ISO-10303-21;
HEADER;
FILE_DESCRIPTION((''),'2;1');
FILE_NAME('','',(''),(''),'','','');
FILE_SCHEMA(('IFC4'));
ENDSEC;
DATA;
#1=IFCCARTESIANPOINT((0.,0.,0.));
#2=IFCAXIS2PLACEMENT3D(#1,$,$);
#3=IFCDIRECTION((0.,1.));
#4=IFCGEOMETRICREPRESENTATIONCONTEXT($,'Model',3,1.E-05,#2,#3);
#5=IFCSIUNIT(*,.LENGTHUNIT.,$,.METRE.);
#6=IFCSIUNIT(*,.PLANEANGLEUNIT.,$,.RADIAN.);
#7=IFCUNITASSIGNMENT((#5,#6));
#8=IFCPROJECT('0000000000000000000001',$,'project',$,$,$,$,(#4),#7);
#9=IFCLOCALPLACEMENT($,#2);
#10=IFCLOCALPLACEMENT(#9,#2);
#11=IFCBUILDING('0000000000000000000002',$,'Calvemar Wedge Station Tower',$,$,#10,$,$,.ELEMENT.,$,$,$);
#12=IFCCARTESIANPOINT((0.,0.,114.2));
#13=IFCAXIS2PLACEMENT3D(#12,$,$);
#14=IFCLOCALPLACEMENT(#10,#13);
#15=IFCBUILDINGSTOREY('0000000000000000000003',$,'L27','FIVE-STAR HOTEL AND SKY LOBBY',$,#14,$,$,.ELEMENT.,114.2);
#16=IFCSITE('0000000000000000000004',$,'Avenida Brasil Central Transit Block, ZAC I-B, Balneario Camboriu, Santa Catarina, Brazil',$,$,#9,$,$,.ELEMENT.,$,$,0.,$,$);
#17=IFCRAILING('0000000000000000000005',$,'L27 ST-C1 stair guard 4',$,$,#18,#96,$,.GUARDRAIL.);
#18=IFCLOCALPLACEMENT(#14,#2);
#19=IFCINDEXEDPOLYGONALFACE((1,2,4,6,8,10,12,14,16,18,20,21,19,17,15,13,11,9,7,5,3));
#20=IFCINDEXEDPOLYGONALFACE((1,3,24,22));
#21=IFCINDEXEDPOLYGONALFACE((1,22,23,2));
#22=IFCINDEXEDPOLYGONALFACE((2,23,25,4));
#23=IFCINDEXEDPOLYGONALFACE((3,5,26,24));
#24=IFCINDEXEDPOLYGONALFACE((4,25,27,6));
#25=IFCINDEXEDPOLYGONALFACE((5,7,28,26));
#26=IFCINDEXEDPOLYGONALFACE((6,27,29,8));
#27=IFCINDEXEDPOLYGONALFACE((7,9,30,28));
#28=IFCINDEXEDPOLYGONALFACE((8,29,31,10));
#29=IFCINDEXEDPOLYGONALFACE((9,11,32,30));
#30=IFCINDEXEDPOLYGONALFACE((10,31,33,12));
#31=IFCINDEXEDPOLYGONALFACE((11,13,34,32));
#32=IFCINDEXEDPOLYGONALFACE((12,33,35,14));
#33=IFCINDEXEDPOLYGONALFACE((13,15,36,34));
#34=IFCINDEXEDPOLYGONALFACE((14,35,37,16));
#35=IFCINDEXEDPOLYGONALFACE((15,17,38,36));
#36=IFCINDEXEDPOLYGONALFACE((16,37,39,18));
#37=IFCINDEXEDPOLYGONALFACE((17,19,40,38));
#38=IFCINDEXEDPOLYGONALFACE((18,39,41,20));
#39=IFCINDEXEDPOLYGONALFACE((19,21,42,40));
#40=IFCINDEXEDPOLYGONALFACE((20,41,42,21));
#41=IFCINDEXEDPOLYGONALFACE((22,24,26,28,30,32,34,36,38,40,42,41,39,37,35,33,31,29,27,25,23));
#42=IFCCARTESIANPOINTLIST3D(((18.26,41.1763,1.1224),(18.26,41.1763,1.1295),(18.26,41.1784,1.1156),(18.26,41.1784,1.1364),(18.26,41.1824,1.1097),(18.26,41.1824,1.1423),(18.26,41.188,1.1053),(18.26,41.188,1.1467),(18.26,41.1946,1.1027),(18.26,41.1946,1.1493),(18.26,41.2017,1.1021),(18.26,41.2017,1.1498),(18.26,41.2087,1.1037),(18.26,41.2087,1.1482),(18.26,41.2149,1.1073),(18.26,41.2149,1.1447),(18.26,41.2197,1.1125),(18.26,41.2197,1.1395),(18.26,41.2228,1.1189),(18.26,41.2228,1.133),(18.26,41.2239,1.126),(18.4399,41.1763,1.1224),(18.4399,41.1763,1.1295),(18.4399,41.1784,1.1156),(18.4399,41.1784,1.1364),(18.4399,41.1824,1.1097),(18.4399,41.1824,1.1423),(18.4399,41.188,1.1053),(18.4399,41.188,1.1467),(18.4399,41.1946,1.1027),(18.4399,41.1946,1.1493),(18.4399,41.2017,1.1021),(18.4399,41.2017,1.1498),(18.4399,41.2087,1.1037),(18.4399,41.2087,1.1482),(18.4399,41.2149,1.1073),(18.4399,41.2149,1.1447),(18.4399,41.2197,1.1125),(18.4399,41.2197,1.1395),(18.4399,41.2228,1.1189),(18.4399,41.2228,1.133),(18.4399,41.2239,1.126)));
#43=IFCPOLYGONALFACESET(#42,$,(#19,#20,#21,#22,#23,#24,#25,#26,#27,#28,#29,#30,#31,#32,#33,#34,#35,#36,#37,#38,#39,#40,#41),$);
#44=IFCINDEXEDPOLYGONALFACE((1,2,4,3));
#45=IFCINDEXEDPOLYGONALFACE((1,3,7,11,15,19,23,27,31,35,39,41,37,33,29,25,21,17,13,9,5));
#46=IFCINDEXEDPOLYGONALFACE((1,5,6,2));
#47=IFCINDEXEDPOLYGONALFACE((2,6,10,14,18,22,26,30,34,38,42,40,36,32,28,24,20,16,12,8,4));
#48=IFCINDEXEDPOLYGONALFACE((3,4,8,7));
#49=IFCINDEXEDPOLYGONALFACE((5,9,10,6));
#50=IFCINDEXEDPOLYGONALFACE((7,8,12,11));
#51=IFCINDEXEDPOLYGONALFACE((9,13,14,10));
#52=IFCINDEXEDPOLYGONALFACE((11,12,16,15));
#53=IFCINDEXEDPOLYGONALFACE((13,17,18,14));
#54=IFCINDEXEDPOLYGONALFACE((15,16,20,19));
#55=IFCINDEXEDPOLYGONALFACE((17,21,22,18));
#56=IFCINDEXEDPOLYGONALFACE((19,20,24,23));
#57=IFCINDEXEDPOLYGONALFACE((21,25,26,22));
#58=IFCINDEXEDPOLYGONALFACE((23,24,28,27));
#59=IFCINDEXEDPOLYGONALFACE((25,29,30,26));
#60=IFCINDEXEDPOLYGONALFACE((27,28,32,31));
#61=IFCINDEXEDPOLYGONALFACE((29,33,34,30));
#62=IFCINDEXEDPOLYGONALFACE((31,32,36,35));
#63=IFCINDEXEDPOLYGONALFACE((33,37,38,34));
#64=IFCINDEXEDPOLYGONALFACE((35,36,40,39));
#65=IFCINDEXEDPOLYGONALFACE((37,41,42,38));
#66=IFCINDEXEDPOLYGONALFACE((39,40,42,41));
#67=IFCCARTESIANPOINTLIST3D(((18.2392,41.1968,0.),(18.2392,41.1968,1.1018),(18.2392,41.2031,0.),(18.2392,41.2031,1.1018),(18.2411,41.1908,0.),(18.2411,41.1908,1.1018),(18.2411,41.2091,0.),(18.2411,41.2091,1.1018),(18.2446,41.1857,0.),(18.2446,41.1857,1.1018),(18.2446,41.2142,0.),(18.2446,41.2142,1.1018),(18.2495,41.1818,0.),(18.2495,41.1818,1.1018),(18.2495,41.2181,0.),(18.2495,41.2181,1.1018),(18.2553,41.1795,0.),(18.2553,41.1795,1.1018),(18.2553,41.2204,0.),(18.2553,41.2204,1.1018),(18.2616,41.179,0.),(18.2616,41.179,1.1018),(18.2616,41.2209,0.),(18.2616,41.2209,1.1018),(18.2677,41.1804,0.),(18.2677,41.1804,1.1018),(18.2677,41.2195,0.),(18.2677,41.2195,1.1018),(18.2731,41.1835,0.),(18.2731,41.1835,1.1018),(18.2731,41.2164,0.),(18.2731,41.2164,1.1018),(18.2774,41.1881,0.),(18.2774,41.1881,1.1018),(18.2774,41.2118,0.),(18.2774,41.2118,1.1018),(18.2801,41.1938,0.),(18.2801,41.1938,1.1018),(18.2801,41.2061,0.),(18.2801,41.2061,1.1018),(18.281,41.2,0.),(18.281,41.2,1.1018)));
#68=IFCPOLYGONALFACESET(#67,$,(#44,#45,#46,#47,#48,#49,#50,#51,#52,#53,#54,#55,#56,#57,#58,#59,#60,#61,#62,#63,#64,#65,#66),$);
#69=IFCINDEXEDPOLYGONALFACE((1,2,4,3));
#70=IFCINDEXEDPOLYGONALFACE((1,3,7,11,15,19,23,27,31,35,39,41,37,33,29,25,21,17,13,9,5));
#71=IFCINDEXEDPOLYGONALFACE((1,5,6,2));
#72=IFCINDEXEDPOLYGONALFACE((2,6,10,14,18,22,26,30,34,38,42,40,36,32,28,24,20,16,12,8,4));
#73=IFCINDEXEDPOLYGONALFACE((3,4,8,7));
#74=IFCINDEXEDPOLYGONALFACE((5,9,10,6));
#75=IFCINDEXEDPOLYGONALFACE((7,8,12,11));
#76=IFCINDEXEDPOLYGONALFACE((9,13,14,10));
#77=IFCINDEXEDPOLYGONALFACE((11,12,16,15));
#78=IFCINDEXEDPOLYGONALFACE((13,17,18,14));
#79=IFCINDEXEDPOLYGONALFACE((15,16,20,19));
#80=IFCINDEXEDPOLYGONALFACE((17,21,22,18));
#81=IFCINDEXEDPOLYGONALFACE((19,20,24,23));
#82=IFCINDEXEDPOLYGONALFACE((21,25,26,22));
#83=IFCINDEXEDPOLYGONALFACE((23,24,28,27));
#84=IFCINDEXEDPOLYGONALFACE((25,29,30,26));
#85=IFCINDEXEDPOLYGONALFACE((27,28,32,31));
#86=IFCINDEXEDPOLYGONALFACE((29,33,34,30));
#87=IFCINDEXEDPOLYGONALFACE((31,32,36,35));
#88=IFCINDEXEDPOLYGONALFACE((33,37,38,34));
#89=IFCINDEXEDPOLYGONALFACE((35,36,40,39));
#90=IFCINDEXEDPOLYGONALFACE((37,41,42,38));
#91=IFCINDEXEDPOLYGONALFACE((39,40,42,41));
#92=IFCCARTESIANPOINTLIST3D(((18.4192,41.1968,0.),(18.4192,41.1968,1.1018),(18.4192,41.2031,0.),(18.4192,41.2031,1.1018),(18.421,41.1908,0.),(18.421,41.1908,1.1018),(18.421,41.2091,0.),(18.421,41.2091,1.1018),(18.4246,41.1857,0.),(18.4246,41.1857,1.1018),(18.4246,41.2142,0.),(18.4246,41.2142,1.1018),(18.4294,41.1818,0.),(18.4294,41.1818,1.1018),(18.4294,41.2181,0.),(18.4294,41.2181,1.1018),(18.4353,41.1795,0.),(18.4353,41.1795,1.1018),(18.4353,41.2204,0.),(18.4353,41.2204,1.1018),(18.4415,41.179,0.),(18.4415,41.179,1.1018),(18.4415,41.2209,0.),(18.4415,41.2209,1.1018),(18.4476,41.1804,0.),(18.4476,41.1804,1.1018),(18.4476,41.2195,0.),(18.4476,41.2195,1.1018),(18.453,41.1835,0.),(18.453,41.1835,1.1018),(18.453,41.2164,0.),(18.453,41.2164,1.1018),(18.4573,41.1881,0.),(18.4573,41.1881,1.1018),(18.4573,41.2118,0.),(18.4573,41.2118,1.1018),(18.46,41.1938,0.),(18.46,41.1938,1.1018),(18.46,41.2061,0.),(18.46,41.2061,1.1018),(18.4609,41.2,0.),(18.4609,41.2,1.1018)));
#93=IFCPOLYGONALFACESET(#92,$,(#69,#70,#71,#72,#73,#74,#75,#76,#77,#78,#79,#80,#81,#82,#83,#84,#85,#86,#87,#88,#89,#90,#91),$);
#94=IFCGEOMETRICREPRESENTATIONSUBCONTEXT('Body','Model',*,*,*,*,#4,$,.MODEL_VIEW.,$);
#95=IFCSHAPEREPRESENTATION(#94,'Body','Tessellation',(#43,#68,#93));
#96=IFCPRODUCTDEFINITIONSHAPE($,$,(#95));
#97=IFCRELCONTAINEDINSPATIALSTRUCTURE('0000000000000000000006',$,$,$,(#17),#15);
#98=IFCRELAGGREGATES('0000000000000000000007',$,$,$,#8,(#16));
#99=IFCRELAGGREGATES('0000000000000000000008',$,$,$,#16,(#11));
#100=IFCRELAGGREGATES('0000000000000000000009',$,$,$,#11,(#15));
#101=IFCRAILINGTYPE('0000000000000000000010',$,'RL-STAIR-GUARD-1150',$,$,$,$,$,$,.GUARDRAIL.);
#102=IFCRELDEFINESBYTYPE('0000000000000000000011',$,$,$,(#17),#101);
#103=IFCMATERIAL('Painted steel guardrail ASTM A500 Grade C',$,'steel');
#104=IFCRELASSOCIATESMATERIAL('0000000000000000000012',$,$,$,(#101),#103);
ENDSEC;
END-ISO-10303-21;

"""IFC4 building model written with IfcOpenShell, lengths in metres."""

from ifc_helpers import new_model, si_unit, direction, frame, origin, origin_2d, place, context, subcontext, project, spatial, circle, extrude, material, type_object, element, save


model = new_model("IFC4")

# Units and contexts
model_context = context("Model", 3, precision=1e-05, world=origin(), true_north=direction((0.0, 1.0)))
body_context = subcontext(model_context, "Body", "Model", "MODEL_VIEW")
ifc_project = project(units=[si_unit("LENGTHUNIT", "METRE"), si_unit("PLANEANGLEUNIT", "RADIAN")], contexts=[model_context])

# Site, building, storey
site_placement = place(None, origin())
site = spatial("IfcSite", under=ifc_project, at=site_placement, Name="Avenida Brasil Central Transit Block, ZAC I-B, Balneario Camboriu, Santa Catarina, Brazil", CompositionType="ELEMENT", RefElevation=0.0)
building_placement = place(site_placement, origin())
building = spatial("IfcBuilding", under=site, at=building_placement, Name="Calvemar Wedge Station Tower", CompositionType="ELEMENT")
storey_placement = place(building_placement, frame((0.0, 0.0, 114.2)))
storey = spatial("IfcBuildingStorey", under=building, at=storey_placement, Name="L27", Description="FIVE-STAR HOTEL AND SKY LOBBY", CompositionType="ELEMENT", Elevation=114.2)

# Railing
ifc_material_1 = material(Name="Painted steel guardrail ASTM A500 Grade C", Category="steel")
railing_type_1 = type_object("IfcRailingType", Name="RL-STAIR-GUARD-1150", PredefinedType="GUARDRAIL", material=ifc_material_1)
railing_1_placement = place(storey_placement, frame((18.26, 41.2, 0.0)))
element("IfcRailing", 1, at=railing_1_placement, inside=storey, type_object=railing_type_1, Name="L27 ST-C1 stair guard 4", PredefinedType="GUARDRAIL", context=body_context, shape_type="SweptSolid", body=[
    extrude(circle(Radius=0.0239, at=origin_2d()), frame((0.0, 0.0, 1.126), z_axis=(1.0, 0.0, 0.0), x_axis=(0.0, 1.0, 0.0)), (0.0, 0.0, 1.0), 0.1799),
    extrude(circle(Radius=0.021, at=origin_2d()), origin(), (0.0, 0.0, 1.0), 1.1018),
    extrude(circle(Radius=0.021, at=origin_2d()), frame((0.1799, 0.0, 0.0)), (0.0, 0.0, 1.0), 1.1018),
])

save(model, "model.ifc")
